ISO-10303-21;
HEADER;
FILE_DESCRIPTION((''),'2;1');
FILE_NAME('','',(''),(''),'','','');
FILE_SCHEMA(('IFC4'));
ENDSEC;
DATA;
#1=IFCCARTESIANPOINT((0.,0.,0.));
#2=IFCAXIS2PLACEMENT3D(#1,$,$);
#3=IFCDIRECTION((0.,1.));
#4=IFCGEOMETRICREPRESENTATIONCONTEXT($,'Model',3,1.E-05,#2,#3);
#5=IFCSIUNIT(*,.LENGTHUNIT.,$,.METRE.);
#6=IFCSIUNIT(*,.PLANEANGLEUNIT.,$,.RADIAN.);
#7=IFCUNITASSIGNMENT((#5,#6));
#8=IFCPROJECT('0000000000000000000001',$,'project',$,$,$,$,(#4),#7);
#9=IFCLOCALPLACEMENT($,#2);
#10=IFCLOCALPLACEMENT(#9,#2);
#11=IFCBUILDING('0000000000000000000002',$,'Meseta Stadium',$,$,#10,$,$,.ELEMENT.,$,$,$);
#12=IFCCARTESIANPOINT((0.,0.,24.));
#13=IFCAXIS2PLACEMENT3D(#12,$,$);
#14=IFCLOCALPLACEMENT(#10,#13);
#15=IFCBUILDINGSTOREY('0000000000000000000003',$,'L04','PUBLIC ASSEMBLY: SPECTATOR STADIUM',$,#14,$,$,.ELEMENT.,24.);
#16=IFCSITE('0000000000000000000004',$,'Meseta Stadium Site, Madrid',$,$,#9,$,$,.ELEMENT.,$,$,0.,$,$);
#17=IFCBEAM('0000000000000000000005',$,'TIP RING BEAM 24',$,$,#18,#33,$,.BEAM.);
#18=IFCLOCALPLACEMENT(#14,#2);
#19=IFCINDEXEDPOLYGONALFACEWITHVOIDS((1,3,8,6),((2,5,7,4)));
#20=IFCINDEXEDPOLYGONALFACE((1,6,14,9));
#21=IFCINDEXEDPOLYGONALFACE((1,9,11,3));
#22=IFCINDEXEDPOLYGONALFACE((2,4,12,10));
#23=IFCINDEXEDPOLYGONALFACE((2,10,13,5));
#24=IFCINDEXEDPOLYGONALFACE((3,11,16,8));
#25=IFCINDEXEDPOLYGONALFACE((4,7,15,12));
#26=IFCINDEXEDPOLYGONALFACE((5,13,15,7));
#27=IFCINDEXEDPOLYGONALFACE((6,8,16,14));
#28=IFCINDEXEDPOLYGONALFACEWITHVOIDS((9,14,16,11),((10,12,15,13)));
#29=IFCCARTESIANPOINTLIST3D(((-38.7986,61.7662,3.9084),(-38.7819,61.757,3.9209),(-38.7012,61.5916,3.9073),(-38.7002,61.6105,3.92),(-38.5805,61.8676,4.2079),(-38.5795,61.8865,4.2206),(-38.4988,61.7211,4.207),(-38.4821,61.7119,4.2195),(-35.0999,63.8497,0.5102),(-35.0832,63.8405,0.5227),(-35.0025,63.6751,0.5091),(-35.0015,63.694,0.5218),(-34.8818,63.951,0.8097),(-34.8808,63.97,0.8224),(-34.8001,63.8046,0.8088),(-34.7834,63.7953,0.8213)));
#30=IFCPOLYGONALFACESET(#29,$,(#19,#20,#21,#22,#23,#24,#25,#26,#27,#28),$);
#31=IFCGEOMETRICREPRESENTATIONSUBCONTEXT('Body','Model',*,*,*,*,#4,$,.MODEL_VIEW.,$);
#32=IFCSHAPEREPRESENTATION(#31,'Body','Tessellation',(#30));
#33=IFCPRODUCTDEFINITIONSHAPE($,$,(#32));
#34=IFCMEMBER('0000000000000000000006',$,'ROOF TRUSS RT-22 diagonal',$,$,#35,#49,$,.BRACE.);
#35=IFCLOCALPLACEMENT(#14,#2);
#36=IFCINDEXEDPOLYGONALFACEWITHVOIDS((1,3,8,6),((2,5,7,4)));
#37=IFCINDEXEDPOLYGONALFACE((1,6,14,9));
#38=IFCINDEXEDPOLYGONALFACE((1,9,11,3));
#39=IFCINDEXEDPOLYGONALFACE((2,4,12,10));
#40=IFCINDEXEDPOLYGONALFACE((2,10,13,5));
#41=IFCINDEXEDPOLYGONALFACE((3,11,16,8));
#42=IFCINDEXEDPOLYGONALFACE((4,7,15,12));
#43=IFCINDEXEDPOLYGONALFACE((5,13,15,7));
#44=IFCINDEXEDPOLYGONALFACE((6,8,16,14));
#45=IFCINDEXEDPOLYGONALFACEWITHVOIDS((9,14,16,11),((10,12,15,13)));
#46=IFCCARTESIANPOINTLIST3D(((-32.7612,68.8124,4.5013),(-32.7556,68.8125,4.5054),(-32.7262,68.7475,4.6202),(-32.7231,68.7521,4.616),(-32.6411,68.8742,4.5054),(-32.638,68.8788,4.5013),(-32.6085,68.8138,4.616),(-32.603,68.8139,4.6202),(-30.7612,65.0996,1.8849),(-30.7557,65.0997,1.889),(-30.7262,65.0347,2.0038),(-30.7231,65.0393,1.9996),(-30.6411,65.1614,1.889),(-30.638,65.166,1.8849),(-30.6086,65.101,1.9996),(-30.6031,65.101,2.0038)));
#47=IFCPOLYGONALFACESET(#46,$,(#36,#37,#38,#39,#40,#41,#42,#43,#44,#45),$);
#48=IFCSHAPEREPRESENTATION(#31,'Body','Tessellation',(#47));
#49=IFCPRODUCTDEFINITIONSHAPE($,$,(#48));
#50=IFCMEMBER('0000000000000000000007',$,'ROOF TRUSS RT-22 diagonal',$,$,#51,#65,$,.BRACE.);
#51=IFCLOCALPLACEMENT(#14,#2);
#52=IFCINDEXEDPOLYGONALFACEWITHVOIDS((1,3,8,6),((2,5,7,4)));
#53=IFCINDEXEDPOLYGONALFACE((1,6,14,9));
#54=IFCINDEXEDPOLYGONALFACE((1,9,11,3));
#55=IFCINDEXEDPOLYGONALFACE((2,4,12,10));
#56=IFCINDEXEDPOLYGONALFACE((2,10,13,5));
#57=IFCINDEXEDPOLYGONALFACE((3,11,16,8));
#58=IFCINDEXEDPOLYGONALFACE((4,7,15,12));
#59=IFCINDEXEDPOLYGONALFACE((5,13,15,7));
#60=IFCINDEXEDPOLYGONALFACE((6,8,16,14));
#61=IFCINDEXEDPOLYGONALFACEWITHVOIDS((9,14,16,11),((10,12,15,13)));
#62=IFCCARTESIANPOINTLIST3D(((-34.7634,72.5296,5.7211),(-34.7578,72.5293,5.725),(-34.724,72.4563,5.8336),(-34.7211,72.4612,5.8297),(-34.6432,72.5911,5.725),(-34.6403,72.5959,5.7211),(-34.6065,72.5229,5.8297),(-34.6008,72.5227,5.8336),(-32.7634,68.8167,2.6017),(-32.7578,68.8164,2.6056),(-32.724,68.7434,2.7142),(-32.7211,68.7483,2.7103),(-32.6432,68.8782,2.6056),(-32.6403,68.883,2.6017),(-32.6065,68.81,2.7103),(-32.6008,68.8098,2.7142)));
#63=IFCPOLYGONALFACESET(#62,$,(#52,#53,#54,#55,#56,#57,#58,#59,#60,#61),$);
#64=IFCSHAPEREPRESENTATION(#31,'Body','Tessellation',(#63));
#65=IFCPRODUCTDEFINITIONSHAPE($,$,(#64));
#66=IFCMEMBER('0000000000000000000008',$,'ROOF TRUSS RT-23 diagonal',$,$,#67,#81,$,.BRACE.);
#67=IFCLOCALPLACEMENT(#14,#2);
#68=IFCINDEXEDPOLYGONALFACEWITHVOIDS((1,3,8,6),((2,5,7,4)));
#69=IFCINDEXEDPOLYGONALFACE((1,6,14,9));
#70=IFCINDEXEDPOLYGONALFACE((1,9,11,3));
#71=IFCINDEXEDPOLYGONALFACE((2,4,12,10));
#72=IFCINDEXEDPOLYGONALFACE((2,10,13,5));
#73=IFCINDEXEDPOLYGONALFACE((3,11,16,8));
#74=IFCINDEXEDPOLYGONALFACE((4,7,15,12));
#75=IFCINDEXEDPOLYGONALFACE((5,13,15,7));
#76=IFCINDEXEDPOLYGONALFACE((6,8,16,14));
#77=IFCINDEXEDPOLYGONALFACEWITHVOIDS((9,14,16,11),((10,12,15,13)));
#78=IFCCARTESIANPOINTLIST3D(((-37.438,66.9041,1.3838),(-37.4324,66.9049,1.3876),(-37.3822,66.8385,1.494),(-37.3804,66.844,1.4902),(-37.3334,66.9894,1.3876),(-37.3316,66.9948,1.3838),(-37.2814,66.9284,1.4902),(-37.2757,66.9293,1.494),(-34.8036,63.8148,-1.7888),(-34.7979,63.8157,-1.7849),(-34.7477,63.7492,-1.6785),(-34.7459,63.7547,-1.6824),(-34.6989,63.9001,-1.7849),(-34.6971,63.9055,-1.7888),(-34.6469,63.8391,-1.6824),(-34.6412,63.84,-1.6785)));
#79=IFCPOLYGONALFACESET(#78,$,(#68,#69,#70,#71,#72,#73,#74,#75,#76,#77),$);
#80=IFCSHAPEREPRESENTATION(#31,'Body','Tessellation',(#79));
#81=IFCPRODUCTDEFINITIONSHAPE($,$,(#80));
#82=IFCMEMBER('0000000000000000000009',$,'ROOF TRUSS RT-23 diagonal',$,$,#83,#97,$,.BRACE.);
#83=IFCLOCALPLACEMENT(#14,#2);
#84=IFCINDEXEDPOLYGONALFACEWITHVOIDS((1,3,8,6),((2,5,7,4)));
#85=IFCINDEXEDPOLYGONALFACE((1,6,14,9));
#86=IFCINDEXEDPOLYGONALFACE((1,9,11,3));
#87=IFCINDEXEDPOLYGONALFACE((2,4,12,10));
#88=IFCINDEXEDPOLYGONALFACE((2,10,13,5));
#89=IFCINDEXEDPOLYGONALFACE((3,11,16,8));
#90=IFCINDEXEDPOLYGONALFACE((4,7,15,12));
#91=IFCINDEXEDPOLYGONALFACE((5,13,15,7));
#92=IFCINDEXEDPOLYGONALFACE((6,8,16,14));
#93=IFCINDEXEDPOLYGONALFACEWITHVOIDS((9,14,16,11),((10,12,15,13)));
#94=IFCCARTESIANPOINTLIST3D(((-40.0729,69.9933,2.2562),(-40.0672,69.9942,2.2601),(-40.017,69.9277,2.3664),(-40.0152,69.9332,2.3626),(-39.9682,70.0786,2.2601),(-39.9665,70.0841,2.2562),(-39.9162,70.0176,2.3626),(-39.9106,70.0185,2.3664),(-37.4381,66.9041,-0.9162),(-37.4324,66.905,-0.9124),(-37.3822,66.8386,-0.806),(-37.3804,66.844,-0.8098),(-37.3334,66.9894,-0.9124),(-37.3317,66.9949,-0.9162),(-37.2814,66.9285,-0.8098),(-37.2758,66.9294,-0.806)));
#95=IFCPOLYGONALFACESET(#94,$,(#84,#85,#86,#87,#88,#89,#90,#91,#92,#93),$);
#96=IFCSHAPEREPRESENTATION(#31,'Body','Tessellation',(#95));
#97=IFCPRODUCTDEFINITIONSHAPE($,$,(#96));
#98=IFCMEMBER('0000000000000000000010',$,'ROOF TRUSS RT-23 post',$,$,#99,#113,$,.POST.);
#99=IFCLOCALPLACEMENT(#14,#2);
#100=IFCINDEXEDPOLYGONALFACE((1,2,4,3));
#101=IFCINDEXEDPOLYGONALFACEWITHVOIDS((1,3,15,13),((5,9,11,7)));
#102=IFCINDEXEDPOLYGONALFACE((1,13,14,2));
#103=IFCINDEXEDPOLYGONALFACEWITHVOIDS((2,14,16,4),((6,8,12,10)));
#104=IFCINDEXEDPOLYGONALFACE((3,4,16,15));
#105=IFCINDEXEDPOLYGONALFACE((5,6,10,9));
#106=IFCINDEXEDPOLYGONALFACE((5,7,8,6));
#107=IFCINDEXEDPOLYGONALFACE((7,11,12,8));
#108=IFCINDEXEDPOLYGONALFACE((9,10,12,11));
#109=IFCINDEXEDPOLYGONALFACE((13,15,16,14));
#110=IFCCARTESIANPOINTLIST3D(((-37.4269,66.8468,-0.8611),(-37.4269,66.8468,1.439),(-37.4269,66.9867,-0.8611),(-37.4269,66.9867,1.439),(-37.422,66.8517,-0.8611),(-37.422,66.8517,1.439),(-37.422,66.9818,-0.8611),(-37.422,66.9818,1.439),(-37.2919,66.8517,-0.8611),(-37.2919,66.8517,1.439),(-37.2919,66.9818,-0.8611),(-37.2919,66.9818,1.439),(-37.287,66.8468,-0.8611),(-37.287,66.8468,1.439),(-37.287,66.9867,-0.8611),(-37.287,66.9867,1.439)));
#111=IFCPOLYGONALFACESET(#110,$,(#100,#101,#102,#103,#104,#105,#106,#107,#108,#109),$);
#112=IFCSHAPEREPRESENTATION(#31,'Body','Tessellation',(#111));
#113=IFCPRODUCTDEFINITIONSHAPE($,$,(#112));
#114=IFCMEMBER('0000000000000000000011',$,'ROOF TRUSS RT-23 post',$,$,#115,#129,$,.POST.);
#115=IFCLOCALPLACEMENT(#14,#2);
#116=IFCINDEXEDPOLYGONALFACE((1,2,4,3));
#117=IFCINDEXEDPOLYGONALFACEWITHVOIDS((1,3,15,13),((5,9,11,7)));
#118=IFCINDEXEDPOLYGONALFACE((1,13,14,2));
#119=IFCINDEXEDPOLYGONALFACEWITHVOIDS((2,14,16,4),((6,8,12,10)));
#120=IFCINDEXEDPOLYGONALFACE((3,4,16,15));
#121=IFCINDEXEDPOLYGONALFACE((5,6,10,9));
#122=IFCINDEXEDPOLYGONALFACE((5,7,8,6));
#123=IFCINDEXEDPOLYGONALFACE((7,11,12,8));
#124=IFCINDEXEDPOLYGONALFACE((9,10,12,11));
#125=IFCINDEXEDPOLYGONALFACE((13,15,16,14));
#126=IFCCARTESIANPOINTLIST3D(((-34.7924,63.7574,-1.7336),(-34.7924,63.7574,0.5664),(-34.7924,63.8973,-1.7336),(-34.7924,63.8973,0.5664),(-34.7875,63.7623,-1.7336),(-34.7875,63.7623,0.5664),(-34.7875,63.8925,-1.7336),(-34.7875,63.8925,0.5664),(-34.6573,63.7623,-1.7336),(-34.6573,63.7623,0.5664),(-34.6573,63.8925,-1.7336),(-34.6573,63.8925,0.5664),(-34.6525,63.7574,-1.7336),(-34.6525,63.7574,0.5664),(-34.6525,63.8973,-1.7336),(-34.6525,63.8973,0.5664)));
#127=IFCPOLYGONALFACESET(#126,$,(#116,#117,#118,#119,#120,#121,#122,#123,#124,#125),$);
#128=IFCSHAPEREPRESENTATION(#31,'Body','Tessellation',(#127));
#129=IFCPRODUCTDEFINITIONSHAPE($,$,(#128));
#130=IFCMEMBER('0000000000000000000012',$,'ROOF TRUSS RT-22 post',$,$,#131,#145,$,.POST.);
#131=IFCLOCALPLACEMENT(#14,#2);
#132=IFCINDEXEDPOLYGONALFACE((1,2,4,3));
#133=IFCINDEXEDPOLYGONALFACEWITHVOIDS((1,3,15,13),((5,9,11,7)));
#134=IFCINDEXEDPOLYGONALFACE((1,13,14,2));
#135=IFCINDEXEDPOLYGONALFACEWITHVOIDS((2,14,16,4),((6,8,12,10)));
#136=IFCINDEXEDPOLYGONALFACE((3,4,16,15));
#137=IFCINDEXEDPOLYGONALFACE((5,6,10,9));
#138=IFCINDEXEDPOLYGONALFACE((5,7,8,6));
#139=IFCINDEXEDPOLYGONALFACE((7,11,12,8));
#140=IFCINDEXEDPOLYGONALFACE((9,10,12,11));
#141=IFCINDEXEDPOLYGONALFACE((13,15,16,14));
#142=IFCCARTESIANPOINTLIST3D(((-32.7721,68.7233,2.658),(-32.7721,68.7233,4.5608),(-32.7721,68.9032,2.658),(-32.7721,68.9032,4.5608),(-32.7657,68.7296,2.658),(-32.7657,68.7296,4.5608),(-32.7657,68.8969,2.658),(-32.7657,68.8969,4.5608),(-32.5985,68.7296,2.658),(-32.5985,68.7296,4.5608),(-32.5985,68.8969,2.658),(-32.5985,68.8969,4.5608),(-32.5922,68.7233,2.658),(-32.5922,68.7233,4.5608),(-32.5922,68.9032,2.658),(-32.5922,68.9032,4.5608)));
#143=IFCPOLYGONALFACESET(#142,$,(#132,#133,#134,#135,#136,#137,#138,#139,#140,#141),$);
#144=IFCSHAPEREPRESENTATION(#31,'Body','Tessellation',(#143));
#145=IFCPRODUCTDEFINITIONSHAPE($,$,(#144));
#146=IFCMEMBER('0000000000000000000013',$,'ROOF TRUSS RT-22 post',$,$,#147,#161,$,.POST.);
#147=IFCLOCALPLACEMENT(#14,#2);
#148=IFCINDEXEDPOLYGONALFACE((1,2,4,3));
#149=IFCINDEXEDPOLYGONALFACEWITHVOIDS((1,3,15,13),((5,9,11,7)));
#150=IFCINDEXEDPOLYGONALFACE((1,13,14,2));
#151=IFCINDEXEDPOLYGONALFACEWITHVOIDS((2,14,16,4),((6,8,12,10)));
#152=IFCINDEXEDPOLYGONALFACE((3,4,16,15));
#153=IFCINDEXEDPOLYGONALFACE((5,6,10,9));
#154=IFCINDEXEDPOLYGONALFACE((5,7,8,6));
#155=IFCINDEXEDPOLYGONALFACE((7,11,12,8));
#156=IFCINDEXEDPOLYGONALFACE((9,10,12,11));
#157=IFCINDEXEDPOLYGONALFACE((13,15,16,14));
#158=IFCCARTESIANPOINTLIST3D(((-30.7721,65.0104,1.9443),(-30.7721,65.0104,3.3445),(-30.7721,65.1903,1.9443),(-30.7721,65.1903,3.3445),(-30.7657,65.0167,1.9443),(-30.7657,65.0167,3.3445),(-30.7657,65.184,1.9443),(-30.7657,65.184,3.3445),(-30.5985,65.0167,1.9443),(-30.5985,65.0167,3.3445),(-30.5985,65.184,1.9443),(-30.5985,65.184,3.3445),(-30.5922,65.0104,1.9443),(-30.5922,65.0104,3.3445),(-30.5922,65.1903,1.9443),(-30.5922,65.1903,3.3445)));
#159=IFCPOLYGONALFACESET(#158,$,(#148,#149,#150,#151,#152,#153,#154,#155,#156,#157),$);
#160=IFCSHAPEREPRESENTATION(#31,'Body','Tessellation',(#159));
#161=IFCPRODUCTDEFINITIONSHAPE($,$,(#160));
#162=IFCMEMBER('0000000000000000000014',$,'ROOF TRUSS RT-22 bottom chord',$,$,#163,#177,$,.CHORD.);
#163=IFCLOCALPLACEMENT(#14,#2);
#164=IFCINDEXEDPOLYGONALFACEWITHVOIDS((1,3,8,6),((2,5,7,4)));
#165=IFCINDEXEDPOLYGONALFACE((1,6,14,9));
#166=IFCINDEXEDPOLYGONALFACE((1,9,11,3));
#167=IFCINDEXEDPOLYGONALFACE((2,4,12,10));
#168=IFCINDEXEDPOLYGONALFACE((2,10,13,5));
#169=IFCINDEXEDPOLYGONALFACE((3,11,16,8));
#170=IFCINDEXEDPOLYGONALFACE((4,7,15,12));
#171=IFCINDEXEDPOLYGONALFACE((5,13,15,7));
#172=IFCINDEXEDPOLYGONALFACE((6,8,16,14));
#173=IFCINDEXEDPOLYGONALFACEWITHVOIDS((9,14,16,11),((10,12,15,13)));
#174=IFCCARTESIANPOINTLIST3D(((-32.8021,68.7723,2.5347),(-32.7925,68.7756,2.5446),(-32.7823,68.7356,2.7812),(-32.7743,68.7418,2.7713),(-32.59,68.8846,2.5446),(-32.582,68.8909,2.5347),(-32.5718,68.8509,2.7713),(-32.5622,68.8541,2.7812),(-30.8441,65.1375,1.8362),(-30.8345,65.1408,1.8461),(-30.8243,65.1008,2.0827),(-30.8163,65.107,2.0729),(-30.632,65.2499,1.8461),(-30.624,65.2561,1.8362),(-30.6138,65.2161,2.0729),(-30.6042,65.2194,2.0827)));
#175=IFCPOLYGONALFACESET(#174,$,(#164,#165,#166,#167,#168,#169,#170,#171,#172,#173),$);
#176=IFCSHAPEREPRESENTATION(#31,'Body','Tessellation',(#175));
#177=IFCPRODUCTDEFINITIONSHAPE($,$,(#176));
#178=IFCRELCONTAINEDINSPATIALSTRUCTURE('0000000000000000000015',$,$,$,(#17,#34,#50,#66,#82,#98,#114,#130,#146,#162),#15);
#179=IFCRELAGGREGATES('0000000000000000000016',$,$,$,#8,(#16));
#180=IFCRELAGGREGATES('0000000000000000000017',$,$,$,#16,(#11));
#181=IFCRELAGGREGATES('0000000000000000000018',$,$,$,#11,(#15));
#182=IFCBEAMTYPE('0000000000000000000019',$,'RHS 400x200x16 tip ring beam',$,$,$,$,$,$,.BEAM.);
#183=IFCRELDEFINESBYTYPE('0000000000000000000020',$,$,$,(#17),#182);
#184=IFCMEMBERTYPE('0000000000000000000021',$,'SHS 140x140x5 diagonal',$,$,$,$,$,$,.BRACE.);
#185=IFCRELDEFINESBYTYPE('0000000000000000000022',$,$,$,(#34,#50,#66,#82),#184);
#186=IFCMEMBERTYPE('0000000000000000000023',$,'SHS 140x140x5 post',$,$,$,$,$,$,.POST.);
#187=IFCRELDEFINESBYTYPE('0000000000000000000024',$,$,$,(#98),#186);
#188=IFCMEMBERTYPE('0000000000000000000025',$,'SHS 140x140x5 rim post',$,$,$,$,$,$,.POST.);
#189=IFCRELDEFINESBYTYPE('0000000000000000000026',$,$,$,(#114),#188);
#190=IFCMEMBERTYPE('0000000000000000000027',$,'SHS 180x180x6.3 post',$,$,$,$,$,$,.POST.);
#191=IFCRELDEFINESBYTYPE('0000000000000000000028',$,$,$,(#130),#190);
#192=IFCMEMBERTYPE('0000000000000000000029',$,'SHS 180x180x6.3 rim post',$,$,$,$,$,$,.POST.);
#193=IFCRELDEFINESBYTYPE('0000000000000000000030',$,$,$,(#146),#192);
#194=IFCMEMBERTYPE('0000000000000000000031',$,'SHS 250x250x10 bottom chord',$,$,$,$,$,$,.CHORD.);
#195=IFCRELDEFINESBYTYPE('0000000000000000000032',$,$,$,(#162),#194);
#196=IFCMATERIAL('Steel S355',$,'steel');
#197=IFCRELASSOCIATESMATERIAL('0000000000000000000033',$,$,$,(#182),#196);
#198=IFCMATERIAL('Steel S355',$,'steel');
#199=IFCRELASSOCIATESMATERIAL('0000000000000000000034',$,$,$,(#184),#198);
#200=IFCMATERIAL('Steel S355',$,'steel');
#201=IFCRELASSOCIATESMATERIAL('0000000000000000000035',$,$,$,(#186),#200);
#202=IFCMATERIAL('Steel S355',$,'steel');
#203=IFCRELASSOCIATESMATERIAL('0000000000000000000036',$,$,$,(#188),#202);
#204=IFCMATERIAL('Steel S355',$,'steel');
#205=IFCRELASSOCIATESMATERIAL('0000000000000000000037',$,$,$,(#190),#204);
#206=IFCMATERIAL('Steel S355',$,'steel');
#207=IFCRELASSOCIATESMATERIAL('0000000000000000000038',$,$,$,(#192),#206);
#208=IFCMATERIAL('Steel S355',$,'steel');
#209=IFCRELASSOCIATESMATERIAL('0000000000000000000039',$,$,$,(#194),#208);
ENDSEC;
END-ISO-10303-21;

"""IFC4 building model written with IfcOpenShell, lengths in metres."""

from ifc_helpers import new_model, si_unit, direction, frame, origin, origin_2d, place, context, subcontext, project, spatial, hollow_rectangle, extrude, material, material_profile, profile_set, type_object, element, save


model = new_model("IFC4")

# Units and contexts
model_context = context("Model", 3, precision=1e-05, world=origin(), true_north=direction((0.0, 1.0)))
body_context = subcontext(model_context, "Body", "Model", "MODEL_VIEW")
ifc_project = project(units=[si_unit("LENGTHUNIT", "METRE"), si_unit("PLANEANGLEUNIT", "RADIAN")], contexts=[model_context])

# Site, building, storey
site_placement = place(None, origin())
site = spatial("IfcSite", under=ifc_project, at=site_placement, Name="Meseta Stadium Site, Madrid", CompositionType="ELEMENT", RefElevation=0.0)
building_placement = place(site_placement, origin())
building = spatial("IfcBuilding", under=site, at=building_placement, Name="Meseta Stadium", CompositionType="ELEMENT")
storey_placement = place(building_placement, frame((0.0, 0.0, 24.0)))
storey = spatial("IfcBuildingStorey", under=building, at=storey_placement, Name="L04", Description="PUBLIC ASSEMBLY: SPECTATOR STADIUM", CompositionType="ELEMENT", Elevation=24.0)

# Beam
ifc_material_1 = material(Name="Steel S355", Category="steel")
ifc_material_profile_1 = material_profile(ifc_material_1, hollow_rectangle(XDim=0.2, YDim=0.3999, WallThickness=0.0161, at=origin_2d()), Name="RHS 400x200x16")
ifc_profile_set_1 = profile_set([ifc_material_profile_1], Name="Steel S355")
beam_type = type_object("IfcBeamType", Name="RHS 400x200x16 tip ring beam", PredefinedType="BEAM", material=ifc_profile_set_1)
beam_placement = place(storey_placement, frame((-34.9417, 63.8225, 0.6658), z_axis=(-0.680193, -0.383153, 0.624925), x_axis=(0.487085, -0.873339, -0.005298)))
element("IfcBeam", 1, at=beam_placement, inside=storey, type_object=beam_type, Name="TIP RING BEAM 24", PredefinedType="BEAM", context=body_context, shape_type="SweptSolid", body=[
    extrude(hollow_rectangle(XDim=0.2, YDim=0.3999, WallThickness=0.0161, at=origin_2d()), origin(), (0.0, 0.0, 1.0), 5.4377),
])

# Members
ifc_material_2 = material(Name="Steel S355", Category="steel")
ifc_material_profile_2 = material_profile(ifc_material_2, hollow_rectangle(XDim=0.1399, YDim=0.1399, WallThickness=0.0049, at=origin_2d()), Name="SHS 140x140x5")
ifc_profile_set_2 = profile_set([ifc_material_profile_2], Name="Steel S355")
member_type_1 = type_object("IfcMemberType", Name="SHS 140x140x5 diagonal", PredefinedType="BRACE", material=ifc_profile_set_2)
member_1_placement = place(storey_placement, frame((-30.6821, 65.1003, 1.9443), z_axis=(-0.402982, 0.748114, 0.527192), x_axis=(-0.880397, -0.474238, 0.0)))
element("IfcMember", 2, at=member_1_placement, inside=storey, type_object=member_type_1, Name="ROOF TRUSS RT-22 diagonal", PredefinedType="BRACE", context=body_context, shape_type="SweptSolid", body=[
    extrude(hollow_rectangle(XDim=0.1399, YDim=0.1399, WallThickness=0.0049, at=origin_2d()), origin(), (0.0, 0.0, 1.0), 4.9629),
])
member_2_placement = place(storey_placement, frame((-32.6821, 68.8132, 2.658), z_axis=(-0.381273, 0.707813, 0.594669), x_axis=(-0.880397, -0.474238, 0.0)))
element("IfcMember", 3, at=member_2_placement, inside=storey, type_object=member_type_1, Name="ROOF TRUSS RT-22 diagonal", PredefinedType="BRACE", context=body_context, shape_type="SweptSolid", body=[
    extrude(hollow_rectangle(XDim=0.1399, YDim=0.1399, WallThickness=0.0049, at=origin_2d()), origin(), (0.0, 0.0, 1.0), 5.2456),
])
for number, where, z_axis, x_axis, name in (
    (4, (-34.7224, 63.8274, -1.7336), (-0.51129, 0.599561, 0.615718), (-0.760897, -0.648873, 0.0), "ROOF TRUSS RT-23 diagonal"),
    (5, (-37.3569, 66.9167, -0.8611), (-0.511355, 0.599534, 0.615691), (-0.760842, -0.648937, 0.0), "ROOF TRUSS RT-23 diagonal"),
):
    element("IfcMember", number, at=place(storey_placement, frame(where, z_axis=z_axis, x_axis=x_axis)), inside=storey, type_object=member_type_1, Name=name, PredefinedType="BRACE", context=body_context, shape_type="SweptSolid", body=[
        extrude(hollow_rectangle(XDim=0.1399, YDim=0.1399, WallThickness=0.0049, at=origin_2d()), origin(), (0.0, 0.0, 1.0), 5.1526),
    ])
ifc_material_3 = material(Name="Steel S355", Category="steel")
ifc_material_profile_3 = material_profile(ifc_material_3, hollow_rectangle(XDim=0.1399, YDim=0.1399, WallThickness=0.0049, at=origin_2d()), Name="SHS 140x140x5")
ifc_profile_set_3 = profile_set([ifc_material_profile_3], Name="Steel S355")
member_type_2 = type_object("IfcMemberType", Name="SHS 140x140x5 post", PredefinedType="POST", material=ifc_profile_set_3)
member_3_placement = place(storey_placement, frame((-37.3569, 66.9167, -0.8611), z_axis=(0.0, 0.0, 1.0), x_axis=(1.0, 0.0, 0.0)))
element("IfcMember", 6, at=member_3_placement, inside=storey, type_object=member_type_2, Name="ROOF TRUSS RT-23 post", PredefinedType="POST", context=body_context, shape_type="SweptSolid", body=[
    extrude(hollow_rectangle(XDim=0.1399, YDim=0.1399, WallThickness=0.0049, at=origin_2d()), origin(), (0.0, 0.0, 1.0), 2.3),
])
ifc_material_4 = material(Name="Steel S355", Category="steel")
ifc_material_profile_4 = material_profile(ifc_material_4, hollow_rectangle(XDim=0.1399, YDim=0.1399, WallThickness=0.0049, at=origin_2d()), Name="SHS 140x140x5")
ifc_profile_set_4 = profile_set([ifc_material_profile_4], Name="Steel S355")
member_type_3 = type_object("IfcMemberType", Name="SHS 140x140x5 rim post", PredefinedType="POST", material=ifc_profile_set_4)
member_4_placement = place(storey_placement, frame((-34.7224, 63.8274, -1.7336), z_axis=(0.0, 0.0, 1.0), x_axis=(1.0, 0.0, 0.0)))
element("IfcMember", 7, at=member_4_placement, inside=storey, type_object=member_type_3, Name="ROOF TRUSS RT-23 post", PredefinedType="POST", context=body_context, shape_type="SweptSolid", body=[
    extrude(hollow_rectangle(XDim=0.1399, YDim=0.1399, WallThickness=0.0049, at=origin_2d()), origin(), (0.0, 0.0, 1.0), 2.3),
])
ifc_material_5 = material(Name="Steel S355", Category="steel")
ifc_material_profile_5 = material_profile(ifc_material_5, hollow_rectangle(XDim=0.1799, YDim=0.1799, WallThickness=0.0063, at=origin_2d()), Name="SHS 180x180x6.3")
ifc_profile_set_5 = profile_set([ifc_material_profile_5], Name="Steel S355")
member_type_4 = type_object("IfcMemberType", Name="SHS 180x180x6.3 post", PredefinedType="POST", material=ifc_profile_set_5)
member_5_placement = place(storey_placement, frame((-32.6821, 68.8132, 2.658), z_axis=(0.0, 0.0, 1.0), x_axis=(1.0, 0.0, 0.0)))
element("IfcMember", 8, at=member_5_placement, inside=storey, type_object=member_type_4, Name="ROOF TRUSS RT-22 post", PredefinedType="POST", context=body_context, shape_type="SweptSolid", body=[
    extrude(hollow_rectangle(XDim=0.1799, YDim=0.1799, WallThickness=0.0063, at=origin_2d()), origin(), (0.0, 0.0, 1.0), 1.9028),
])
ifc_material_6 = material(Name="Steel S355", Category="steel")
ifc_material_profile_6 = material_profile(ifc_material_6, hollow_rectangle(XDim=0.1799, YDim=0.1799, WallThickness=0.0063, at=origin_2d()), Name="SHS 180x180x6.3")
ifc_profile_set_6 = profile_set([ifc_material_profile_6], Name="Steel S355")
member_type_5 = type_object("IfcMemberType", Name="SHS 180x180x6.3 rim post", PredefinedType="POST", material=ifc_profile_set_6)
member_6_placement = place(storey_placement, frame((-30.6821, 65.1003, 1.9443), z_axis=(0.0, 0.0, 1.0), x_axis=(1.0, 0.0, 0.0)))
element("IfcMember", 9, at=member_6_placement, inside=storey, type_object=member_type_5, Name="ROOF TRUSS RT-22 post", PredefinedType="POST", context=body_context, shape_type="SweptSolid", body=[
    extrude(hollow_rectangle(XDim=0.1799, YDim=0.1799, WallThickness=0.0063, at=origin_2d()), origin(), (0.0, 0.0, 1.0), 1.4001),
])
ifc_material_7 = material(Name="Steel S355", Category="steel")
ifc_material_profile_7 = material_profile(ifc_material_7, hollow_rectangle(XDim=0.25, YDim=0.25, WallThickness=0.01, at=origin_2d()), Name="SHS 250x250x10")
ifc_profile_set_7 = profile_set([ifc_material_profile_7], Name="Steel S355")
member_type_6 = type_object("IfcMemberType", Name="SHS 250x250x10 bottom chord", PredefinedType="CHORD", material=ifc_profile_set_7)
member_7_placement = place(storey_placement, frame((-30.7241, 65.1785, 1.9595), z_axis=(-0.46761, 0.868052, 0.166812), x_axis=(-0.880388, -0.474255, 0.0)))
element("IfcMember", 10, at=member_7_placement, inside=storey, type_object=member_type_6, Name="ROOF TRUSS RT-22 bottom chord", PredefinedType="CHORD", context=body_context, shape_type="SweptSolid", body=[
    extrude(hollow_rectangle(XDim=0.25, YDim=0.25, WallThickness=0.01, at=origin_2d()), origin(), (0.0, 0.0, 1.0), 4.1873),
])

save(model, "model.ifc")
